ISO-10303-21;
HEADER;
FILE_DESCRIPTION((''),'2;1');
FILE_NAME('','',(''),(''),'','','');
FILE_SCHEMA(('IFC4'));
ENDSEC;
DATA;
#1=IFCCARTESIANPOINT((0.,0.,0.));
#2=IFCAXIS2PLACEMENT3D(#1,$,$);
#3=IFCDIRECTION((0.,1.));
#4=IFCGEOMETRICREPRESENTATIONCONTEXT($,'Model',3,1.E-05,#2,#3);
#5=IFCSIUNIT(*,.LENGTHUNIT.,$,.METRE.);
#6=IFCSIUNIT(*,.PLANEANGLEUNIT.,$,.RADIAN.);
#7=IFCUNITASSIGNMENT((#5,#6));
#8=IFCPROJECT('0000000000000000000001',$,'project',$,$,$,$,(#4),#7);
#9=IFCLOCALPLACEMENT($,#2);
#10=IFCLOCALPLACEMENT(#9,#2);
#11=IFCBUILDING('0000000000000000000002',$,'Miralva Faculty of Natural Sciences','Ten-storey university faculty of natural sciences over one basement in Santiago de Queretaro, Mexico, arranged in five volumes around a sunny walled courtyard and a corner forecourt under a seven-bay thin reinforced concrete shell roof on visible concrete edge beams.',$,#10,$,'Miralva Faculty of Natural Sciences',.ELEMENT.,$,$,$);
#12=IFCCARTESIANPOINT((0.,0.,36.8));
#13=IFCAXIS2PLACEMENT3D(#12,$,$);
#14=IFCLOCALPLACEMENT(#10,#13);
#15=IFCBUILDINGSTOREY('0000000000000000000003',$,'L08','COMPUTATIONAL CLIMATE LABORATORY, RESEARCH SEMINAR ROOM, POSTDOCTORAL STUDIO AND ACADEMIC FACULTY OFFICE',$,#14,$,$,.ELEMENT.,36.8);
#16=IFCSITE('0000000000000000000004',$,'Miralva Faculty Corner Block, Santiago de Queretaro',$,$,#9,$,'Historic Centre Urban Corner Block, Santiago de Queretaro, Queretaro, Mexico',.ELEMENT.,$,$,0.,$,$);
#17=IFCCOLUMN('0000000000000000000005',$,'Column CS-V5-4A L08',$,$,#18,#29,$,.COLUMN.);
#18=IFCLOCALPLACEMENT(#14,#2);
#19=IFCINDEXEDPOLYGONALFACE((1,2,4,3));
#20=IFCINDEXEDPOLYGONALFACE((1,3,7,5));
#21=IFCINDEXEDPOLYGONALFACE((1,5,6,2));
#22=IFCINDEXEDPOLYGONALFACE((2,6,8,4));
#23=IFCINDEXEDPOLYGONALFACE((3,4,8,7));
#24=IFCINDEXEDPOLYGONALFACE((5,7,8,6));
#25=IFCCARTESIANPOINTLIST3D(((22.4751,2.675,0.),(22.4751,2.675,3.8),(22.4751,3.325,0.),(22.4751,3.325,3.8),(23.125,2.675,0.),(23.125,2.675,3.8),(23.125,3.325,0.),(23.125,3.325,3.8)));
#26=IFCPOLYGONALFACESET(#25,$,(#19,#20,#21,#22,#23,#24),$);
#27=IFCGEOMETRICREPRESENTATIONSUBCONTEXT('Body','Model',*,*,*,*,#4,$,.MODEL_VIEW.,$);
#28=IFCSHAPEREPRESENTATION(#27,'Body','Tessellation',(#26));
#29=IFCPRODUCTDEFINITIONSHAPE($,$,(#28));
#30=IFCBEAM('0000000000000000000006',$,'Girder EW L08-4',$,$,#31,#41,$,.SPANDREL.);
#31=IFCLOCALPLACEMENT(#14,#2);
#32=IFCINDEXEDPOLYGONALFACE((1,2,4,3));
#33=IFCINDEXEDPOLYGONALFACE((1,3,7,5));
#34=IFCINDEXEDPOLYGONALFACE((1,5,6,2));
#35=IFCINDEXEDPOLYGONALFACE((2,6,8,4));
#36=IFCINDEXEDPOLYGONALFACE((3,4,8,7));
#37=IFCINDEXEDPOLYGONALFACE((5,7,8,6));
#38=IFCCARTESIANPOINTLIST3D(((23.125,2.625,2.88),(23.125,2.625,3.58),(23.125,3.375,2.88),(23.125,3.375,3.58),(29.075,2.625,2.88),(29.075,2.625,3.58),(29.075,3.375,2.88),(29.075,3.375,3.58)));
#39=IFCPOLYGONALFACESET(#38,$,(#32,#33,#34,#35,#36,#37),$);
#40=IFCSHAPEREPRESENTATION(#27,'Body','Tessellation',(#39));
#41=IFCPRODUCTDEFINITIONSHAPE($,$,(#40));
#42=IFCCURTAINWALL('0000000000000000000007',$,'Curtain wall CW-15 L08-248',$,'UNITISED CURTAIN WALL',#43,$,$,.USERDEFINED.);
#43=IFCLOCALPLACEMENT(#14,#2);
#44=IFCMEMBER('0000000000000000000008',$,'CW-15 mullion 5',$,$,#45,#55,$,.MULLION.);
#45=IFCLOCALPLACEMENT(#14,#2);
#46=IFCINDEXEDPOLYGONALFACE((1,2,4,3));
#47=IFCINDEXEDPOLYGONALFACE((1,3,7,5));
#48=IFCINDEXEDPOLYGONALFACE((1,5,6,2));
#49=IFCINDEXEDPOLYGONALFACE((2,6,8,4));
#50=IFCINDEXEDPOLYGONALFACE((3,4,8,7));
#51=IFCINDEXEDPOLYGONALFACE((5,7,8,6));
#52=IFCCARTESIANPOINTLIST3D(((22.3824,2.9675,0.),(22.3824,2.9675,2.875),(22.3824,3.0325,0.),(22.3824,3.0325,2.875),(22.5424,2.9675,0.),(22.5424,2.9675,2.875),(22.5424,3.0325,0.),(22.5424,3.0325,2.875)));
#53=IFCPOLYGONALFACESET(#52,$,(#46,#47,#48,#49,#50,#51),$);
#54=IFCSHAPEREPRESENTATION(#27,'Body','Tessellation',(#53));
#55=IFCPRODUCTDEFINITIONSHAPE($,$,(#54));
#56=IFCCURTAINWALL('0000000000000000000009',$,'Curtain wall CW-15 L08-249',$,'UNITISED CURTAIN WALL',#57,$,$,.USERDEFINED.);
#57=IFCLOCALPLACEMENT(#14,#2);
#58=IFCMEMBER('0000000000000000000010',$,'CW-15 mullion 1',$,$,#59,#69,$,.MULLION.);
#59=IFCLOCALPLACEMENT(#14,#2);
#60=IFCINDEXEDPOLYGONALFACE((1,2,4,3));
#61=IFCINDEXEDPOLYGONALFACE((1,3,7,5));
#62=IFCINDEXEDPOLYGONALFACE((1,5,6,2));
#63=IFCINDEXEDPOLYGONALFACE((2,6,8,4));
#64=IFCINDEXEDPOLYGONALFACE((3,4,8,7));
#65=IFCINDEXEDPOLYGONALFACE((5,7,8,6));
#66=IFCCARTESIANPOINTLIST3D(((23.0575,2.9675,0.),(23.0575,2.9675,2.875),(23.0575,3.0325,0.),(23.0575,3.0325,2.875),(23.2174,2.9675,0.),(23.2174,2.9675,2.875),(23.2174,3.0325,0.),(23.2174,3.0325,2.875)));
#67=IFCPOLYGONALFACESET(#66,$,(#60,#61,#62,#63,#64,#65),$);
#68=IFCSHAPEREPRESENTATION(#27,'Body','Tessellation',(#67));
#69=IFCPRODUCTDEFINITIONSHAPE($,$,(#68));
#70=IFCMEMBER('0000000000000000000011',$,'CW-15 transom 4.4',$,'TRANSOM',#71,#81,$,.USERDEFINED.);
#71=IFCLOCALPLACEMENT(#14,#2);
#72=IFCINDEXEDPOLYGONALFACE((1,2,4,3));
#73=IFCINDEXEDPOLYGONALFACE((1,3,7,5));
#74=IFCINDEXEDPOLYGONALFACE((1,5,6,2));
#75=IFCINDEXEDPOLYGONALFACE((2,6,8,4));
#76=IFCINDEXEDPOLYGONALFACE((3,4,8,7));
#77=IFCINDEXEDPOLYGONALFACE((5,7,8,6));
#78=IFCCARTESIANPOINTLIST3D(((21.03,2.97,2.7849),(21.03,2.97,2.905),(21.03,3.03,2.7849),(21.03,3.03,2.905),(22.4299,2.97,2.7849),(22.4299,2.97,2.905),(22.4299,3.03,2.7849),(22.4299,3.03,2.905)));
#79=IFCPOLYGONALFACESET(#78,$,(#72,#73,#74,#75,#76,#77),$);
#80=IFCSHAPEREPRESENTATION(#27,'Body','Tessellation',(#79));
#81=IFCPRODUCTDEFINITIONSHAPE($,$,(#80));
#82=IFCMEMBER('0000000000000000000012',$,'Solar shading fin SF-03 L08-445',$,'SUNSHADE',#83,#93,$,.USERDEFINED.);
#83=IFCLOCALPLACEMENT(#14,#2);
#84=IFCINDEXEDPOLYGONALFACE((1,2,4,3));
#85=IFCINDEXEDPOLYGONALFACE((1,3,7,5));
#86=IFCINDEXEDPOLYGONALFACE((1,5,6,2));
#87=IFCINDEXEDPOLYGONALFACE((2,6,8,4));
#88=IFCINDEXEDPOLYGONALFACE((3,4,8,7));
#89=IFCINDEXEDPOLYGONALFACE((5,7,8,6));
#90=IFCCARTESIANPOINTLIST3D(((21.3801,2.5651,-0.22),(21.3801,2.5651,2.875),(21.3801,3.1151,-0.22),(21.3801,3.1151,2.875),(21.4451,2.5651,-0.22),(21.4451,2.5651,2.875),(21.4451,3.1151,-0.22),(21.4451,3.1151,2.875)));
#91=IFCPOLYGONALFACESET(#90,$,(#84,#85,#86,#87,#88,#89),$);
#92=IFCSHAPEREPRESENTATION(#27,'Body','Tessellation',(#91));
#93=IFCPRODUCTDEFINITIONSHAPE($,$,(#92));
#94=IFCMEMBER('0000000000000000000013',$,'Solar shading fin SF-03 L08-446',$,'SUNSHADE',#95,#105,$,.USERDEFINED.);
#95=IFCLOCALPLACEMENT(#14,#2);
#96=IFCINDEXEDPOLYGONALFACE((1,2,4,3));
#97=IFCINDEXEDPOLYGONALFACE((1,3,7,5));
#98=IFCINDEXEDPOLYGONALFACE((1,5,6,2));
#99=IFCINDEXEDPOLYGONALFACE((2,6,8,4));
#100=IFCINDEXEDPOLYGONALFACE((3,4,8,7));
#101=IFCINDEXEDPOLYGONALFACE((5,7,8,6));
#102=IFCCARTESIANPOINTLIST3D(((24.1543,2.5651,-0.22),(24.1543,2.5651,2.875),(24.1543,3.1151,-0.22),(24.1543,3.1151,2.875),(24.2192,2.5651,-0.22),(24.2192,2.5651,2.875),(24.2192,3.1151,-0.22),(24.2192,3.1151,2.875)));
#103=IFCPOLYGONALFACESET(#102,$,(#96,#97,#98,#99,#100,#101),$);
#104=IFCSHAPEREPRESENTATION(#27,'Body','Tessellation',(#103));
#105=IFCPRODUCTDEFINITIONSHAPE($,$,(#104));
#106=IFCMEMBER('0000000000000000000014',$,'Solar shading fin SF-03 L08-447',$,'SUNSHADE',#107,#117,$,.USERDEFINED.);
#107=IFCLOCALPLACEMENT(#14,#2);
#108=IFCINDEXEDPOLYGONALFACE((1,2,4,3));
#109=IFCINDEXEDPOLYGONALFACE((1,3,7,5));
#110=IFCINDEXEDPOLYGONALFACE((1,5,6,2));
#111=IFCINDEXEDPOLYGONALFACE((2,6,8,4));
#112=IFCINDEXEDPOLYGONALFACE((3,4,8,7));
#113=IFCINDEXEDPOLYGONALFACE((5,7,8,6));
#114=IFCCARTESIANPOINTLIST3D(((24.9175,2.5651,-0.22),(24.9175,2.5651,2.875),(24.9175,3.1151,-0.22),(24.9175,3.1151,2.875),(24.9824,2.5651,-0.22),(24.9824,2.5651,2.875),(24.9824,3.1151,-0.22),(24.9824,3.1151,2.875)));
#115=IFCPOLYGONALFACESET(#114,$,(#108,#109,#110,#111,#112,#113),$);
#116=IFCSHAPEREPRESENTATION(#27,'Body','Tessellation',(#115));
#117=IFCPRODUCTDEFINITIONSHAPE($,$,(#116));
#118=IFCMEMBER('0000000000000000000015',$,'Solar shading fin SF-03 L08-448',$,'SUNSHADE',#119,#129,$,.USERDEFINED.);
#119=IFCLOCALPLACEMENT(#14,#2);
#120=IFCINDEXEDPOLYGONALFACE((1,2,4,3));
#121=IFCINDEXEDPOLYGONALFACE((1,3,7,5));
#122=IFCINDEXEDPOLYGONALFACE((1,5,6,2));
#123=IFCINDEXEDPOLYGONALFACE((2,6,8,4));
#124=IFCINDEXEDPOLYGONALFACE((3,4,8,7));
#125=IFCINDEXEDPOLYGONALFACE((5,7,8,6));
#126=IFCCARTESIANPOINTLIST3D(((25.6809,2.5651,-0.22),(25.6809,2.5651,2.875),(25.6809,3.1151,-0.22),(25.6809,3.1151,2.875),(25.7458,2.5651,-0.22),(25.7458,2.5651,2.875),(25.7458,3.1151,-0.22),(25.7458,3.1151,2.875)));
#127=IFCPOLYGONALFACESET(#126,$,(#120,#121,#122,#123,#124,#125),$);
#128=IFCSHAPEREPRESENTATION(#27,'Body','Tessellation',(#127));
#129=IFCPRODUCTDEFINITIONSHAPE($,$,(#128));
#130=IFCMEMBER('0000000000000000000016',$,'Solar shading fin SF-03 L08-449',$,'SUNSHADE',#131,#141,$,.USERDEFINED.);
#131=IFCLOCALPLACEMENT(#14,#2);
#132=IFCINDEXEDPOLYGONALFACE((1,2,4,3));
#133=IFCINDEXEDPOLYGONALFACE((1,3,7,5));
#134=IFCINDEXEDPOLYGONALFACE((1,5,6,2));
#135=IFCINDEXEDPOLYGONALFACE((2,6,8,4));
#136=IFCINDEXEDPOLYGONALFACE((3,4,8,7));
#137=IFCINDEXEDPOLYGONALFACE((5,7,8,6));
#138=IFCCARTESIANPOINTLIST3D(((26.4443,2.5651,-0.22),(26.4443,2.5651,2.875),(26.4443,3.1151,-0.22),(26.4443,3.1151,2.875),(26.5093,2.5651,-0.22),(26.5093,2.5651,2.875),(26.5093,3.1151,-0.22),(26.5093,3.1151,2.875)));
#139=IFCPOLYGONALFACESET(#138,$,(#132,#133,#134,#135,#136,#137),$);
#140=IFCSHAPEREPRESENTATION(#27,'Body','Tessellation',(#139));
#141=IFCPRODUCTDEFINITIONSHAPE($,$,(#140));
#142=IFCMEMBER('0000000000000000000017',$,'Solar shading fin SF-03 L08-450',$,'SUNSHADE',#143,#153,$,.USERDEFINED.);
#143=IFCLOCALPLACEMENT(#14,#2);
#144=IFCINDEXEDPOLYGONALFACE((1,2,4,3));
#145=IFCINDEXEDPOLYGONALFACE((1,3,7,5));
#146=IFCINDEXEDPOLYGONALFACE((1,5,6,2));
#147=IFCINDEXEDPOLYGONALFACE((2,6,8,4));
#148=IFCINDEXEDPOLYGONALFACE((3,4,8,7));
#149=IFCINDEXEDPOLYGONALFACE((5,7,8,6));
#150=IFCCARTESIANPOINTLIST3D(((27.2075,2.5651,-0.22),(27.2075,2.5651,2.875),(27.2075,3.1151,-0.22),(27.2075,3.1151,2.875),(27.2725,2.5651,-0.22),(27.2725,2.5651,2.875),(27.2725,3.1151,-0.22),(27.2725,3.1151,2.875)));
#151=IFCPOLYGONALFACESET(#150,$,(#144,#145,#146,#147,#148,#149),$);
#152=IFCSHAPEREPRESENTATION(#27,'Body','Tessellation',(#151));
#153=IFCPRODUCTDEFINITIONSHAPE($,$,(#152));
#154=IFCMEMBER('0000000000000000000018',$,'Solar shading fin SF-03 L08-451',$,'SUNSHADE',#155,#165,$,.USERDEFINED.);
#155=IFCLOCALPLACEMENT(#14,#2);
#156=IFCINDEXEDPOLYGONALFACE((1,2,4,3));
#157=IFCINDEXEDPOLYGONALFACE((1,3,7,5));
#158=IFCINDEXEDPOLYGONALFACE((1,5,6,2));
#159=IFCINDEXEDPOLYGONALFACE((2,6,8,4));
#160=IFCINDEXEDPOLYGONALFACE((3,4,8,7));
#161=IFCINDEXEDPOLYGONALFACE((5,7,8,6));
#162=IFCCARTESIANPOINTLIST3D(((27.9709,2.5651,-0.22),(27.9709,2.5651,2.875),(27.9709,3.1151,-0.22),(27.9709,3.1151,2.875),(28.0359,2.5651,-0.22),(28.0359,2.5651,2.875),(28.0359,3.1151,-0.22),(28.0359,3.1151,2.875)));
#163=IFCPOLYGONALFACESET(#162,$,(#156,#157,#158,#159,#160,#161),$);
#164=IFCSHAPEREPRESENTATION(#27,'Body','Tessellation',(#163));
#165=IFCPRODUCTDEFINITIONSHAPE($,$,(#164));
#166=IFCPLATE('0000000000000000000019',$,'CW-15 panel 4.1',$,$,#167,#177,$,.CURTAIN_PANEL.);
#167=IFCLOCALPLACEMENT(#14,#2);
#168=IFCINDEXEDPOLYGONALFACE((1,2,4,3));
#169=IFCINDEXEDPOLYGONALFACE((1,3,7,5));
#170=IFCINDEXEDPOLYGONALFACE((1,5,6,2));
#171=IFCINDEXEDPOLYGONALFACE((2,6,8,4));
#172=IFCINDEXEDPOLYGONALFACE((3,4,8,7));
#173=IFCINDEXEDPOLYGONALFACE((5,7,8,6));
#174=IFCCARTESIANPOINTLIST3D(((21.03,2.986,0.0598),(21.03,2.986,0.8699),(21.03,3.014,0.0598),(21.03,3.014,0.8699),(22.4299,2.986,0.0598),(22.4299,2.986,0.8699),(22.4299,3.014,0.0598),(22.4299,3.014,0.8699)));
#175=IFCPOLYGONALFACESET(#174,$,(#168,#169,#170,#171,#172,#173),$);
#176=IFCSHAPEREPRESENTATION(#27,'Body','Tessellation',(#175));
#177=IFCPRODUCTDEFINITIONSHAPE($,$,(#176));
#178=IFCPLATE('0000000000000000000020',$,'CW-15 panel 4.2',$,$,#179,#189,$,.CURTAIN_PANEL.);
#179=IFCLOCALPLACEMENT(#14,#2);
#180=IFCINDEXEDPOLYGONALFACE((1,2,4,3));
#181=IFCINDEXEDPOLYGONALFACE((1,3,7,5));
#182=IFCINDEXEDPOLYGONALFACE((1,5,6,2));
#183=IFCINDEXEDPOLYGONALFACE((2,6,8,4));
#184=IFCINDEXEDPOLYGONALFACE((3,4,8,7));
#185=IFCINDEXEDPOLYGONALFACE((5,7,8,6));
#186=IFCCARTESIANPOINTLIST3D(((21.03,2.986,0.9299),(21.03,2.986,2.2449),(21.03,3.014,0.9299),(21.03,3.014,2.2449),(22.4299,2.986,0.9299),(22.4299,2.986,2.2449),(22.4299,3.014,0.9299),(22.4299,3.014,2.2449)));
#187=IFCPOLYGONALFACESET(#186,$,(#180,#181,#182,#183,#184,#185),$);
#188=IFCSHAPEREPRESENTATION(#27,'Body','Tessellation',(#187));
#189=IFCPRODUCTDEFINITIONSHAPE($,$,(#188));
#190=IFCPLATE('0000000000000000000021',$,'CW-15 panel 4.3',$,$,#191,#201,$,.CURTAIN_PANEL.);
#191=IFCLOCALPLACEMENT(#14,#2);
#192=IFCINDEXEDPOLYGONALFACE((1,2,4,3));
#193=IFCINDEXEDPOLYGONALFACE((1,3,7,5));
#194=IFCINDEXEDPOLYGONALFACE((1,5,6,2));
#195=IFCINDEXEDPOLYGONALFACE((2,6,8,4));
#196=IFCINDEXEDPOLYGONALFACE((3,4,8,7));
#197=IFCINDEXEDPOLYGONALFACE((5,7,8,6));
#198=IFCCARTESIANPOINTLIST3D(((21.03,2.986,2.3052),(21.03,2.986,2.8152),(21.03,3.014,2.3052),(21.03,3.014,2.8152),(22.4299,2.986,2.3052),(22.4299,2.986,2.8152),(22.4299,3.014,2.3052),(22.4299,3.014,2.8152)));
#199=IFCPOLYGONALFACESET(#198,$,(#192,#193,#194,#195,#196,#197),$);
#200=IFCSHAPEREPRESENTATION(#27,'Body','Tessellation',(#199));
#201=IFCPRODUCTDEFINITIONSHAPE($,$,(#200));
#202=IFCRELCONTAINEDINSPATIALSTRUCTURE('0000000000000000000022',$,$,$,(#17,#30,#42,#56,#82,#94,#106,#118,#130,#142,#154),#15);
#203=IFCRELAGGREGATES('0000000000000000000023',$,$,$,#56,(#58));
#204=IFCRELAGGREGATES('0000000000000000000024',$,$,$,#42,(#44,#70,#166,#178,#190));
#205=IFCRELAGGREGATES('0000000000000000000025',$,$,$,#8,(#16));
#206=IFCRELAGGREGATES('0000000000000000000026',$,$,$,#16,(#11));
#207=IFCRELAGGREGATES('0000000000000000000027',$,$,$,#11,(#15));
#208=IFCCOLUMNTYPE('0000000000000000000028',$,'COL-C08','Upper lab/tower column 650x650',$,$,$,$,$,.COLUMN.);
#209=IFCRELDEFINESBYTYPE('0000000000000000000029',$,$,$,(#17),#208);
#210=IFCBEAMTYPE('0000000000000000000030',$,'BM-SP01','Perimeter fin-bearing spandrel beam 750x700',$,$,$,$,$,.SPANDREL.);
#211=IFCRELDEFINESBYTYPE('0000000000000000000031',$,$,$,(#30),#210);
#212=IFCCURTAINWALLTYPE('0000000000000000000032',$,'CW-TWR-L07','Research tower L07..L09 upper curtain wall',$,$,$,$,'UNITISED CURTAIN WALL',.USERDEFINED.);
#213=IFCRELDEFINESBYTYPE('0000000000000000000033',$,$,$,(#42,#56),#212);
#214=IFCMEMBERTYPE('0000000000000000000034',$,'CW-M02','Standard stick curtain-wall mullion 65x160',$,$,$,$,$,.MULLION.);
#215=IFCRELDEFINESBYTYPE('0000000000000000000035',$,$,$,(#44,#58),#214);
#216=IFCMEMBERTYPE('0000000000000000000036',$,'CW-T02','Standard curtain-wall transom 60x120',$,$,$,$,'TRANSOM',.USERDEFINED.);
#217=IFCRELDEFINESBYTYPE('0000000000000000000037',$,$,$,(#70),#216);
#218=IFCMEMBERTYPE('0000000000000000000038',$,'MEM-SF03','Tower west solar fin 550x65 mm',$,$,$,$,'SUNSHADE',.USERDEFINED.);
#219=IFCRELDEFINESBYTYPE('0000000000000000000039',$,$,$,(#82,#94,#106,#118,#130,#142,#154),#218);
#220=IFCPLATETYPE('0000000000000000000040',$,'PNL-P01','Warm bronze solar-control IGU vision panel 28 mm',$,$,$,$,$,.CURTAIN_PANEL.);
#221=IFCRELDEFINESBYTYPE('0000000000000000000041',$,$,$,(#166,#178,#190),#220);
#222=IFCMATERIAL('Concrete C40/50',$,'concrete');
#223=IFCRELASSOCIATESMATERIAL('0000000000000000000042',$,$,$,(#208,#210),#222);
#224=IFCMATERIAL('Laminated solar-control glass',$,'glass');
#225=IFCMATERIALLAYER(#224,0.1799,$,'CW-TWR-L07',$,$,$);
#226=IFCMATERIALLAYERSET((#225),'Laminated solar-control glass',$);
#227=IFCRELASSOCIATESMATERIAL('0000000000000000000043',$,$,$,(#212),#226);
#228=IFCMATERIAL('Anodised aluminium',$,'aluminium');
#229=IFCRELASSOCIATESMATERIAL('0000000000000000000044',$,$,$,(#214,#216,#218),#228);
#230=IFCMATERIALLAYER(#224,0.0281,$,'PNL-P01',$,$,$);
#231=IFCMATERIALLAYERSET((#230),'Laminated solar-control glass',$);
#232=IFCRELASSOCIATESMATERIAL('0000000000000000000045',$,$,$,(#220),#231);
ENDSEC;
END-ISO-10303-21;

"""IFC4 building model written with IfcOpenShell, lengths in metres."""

from ifc_helpers import new_model, si_unit, direction, frame, origin, origin_2d, place, context, subcontext, project, spatial, rectangle, extrude, material, layer, layer_set, material_profile, profile_set, type_object, element, aggregate, save


model = new_model("IFC4")

# Units and contexts
model_context = context("Model", 3, precision=1e-05, world=origin(), true_north=direction((0.0, 1.0)))
body_context = subcontext(model_context, "Body", "Model", "MODEL_VIEW")
ifc_project = project(units=[si_unit("LENGTHUNIT", "METRE"), si_unit("PLANEANGLEUNIT", "RADIAN")], contexts=[model_context])

# Site, building, storey
site_placement = place(None, origin())
site = spatial("IfcSite", under=ifc_project, at=site_placement, Name="Miralva Faculty Corner Block, Santiago de Queretaro", LongName="Historic Centre Urban Corner Block, Santiago de Queretaro, Queretaro, Mexico", CompositionType="ELEMENT", RefElevation=0.0)
building_placement = place(site_placement, origin())
building = spatial("IfcBuilding", under=site, at=building_placement, Name="Miralva Faculty of Natural Sciences", Description="Ten-storey university faculty of natural sciences over one basement in Santiago de Queretaro, Mexico, arranged in five volumes around a sunny walled courtyard and a corner forecourt under a seven-bay thin reinforced concrete shell roof on visible concrete edge beams.", LongName="Miralva Faculty of Natural Sciences", CompositionType="ELEMENT")
storey_placement = place(building_placement, frame((0.0, 0.0, 36.8)))
storey = spatial("IfcBuildingStorey", under=building, at=storey_placement, Name="L08", Description="COMPUTATIONAL CLIMATE LABORATORY, RESEARCH SEMINAR ROOM, POSTDOCTORAL STUDIO AND ACADEMIC FACULTY OFFICE", CompositionType="ELEMENT", Elevation=36.8)

# Column
ifc_material_1 = material(Name="Concrete C40/50", Category="concrete")
ifc_material_profile_1 = material_profile(ifc_material_1, rectangle(XDim=0.6499, YDim=0.6499, at=origin_2d()), Name="RC 650x650")
ifc_profile_set_1 = profile_set([ifc_material_profile_1], Name="Concrete C40/50")
column_type = type_object("IfcColumnType", Name="COL-C08", Description="Upper lab/tower column 650x650", PredefinedType="COLUMN", material=ifc_profile_set_1)
column_placement = place(storey_placement, frame((22.8, 3.0, 0.0), z_axis=(0.0, 0.0, 1.0), x_axis=(1.0, 0.0, 0.0)))
element("IfcColumn", 1, at=column_placement, inside=storey, type_object=column_type, Name="Column CS-V5-4A L08", PredefinedType="COLUMN", context=body_context, shape_type="SweptSolid", body=[
    extrude(rectangle(XDim=0.6499, YDim=0.6499, at=origin_2d()), origin(), (0.0, 0.0, 1.0), 3.8),
])

# Beam
ifc_material_profile_2 = material_profile(ifc_material_1, rectangle(XDim=0.75, YDim=0.7, at=origin_2d()), Name="RC 750x700")
ifc_profile_set_2 = profile_set([ifc_material_profile_2], Name="Concrete C40/50")
beam_type = type_object("IfcBeamType", Name="BM-SP01", Description="Perimeter fin-bearing spandrel beam 750x700", PredefinedType="SPANDREL", material=ifc_profile_set_2)
beam_placement = place(storey_placement, frame((23.125, 3.0, 3.23), z_axis=(1.0, 0.0, 0.0), x_axis=(0.0, 1.0, 0.0)))
element("IfcBeam", 2, at=beam_placement, inside=storey, type_object=beam_type, Name="Girder EW L08-4", PredefinedType="SPANDREL", context=body_context, shape_type="SweptSolid", body=[
    extrude(rectangle(XDim=0.75, YDim=0.7, at=origin_2d()), origin(), (0.0, 0.0, 1.0), 5.95),
])

# Curtain walls, members
ifc_material_2 = material(Name="Laminated solar-control glass", Category="glass")
ifc_layer_1 = layer(ifc_material_2, 0.1799, Name="CW-TWR-L07")
ifc_layer_set_1 = layer_set([ifc_layer_1], Name="Laminated solar-control glass")
curtain_wall_type = type_object("IfcCurtainWallType", Name="CW-TWR-L07", Description="Research tower L07..L09 upper curtain wall", ElementType="UNITISED CURTAIN WALL", PredefinedType="USERDEFINED", material=ifc_layer_set_1)
curtain_wall_1_placement = place(storey_placement, origin())
curtain_wall_1 = element("IfcCurtainWall", 3, at=curtain_wall_1_placement, inside=storey, type_object=curtain_wall_type, Name="Curtain wall CW-15 L08-248", ObjectType="UNITISED CURTAIN WALL", PredefinedType="USERDEFINED")
ifc_material_3 = material(Name="Anodised aluminium", Category="aluminium")
ifc_material_profile_3 = material_profile(ifc_material_3, rectangle(XDim=0.0649, YDim=0.1599, at=origin_2d()), Name="MULLION 65x160")
ifc_profile_set_3 = profile_set([ifc_material_profile_3], Name="Anodised aluminium")
member_type_1 = type_object("IfcMemberType", Name="CW-M02", Description="Standard stick curtain-wall mullion 65x160", PredefinedType="MULLION", material=ifc_profile_set_3)
member_1_placement = place(storey_placement, frame((22.4624, 3.0, 0.0), z_axis=(0.0, 0.0, 1.0), x_axis=(0.0, 1.0, 0.0)))
member_1 = element("IfcMember", 4, at=member_1_placement, type_object=member_type_1, Name="CW-15 mullion 5", PredefinedType="MULLION", context=body_context, shape_type="SweptSolid", body=[
    extrude(rectangle(XDim=0.0649, YDim=0.1599, at=origin_2d()), origin(), (0.0, 0.0, 1.0), 2.875),
])
curtain_wall_2_placement = place(storey_placement, origin())
curtain_wall_2 = element("IfcCurtainWall", 5, at=curtain_wall_2_placement, inside=storey, type_object=curtain_wall_type, Name="Curtain wall CW-15 L08-249", ObjectType="UNITISED CURTAIN WALL", PredefinedType="USERDEFINED")
member_2_placement = place(storey_placement, frame((23.1375, 3.0, 0.0), z_axis=(0.0, 0.0, 1.0), x_axis=(0.0, 1.0, 0.0)))
member_2 = element("IfcMember", 6, at=member_2_placement, type_object=member_type_1, Name="CW-15 mullion 1", PredefinedType="MULLION", context=body_context, shape_type="SweptSolid", body=[
    extrude(rectangle(XDim=0.0649, YDim=0.1599, at=origin_2d()), origin(), (0.0, 0.0, 1.0), 2.875),
])
aggregate(curtain_wall_2, [member_2])

# Member
ifc_material_profile_4 = material_profile(ifc_material_3, rectangle(XDim=0.0601, YDim=0.1201, at=origin_2d()), Name="TRANSOM 60x120")
ifc_profile_set_4 = profile_set([ifc_material_profile_4], Name="Anodised aluminium")
member_type_2 = type_object("IfcMemberType", Name="CW-T02", Description="Standard curtain-wall transom 60x120", ElementType="TRANSOM", PredefinedType="USERDEFINED", material=ifc_profile_set_4)
member_3_placement = place(storey_placement, frame((21.03, 3.0, 2.845), z_axis=(1.0, 0.0, 0.0), x_axis=(0.0, 1.0, 0.0)))
member_3 = element("IfcMember", 7, at=member_3_placement, type_object=member_type_2, Name="CW-15 transom 4.4", ObjectType="TRANSOM", PredefinedType="USERDEFINED", context=body_context, shape_type="SweptSolid", body=[
    extrude(rectangle(XDim=0.0601, YDim=0.1201, at=origin_2d()), origin(), (0.0, 0.0, 1.0), 1.3999),
])

# Members
ifc_material_profile_5 = material_profile(ifc_material_3, rectangle(XDim=0.0649, YDim=0.55, at=origin_2d()), Name="FIN 550x65")
ifc_profile_set_5 = profile_set([ifc_material_profile_5], Name="Anodised aluminium")
member_type_3 = type_object("IfcMemberType", Name="MEM-SF03", Description="Tower west solar fin 550x65 mm", ElementType="SUNSHADE", PredefinedType="USERDEFINED", material=ifc_profile_set_5)
for number, where, z_axis, x_axis, name in (
    (8, (21.4126, 2.8401, -0.22), (0.0, 0.0, 1.0), (1.0, 0.0, 0.0), "Solar shading fin SF-03 L08-445"),
    (9, (24.1868, 2.8401, -0.22), (0.0, 0.0, 1.0), (1.0, 0.0, 0.0), "Solar shading fin SF-03 L08-446"),
    (10, (24.95, 2.8401, -0.22), (0.0, 0.0, 1.0), (1.0, 0.0, 0.0), "Solar shading fin SF-03 L08-447"),
    (11, (25.7134, 2.8401, -0.22), (0.0, 0.0, 1.0), (1.0, 0.0, 0.0), "Solar shading fin SF-03 L08-448"),
    (12, (26.4768, 2.8401, -0.22), (0.0, 0.0, 1.0), (1.0, 0.0, 0.0), "Solar shading fin SF-03 L08-449"),
    (13, (27.24, 2.8401, -0.22), (0.0, 0.0, 1.0), (1.0, 0.0, 0.0), "Solar shading fin SF-03 L08-450"),
    (14, (28.0034, 2.8401, -0.22), (0.0, 0.0, 1.0), (1.0, 0.0, 0.0), "Solar shading fin SF-03 L08-451"),
):
    element("IfcMember", number, at=place(storey_placement, frame(where, z_axis=z_axis, x_axis=x_axis)), inside=storey, type_object=member_type_3, Name=name, ObjectType="SUNSHADE", PredefinedType="USERDEFINED", context=body_context, shape_type="SweptSolid", body=[
        extrude(rectangle(XDim=0.0649, YDim=0.55, at=origin_2d()), origin(), (0.0, 0.0, 1.0), 3.095),
    ])

# Plates
ifc_layer_2 = layer(ifc_material_2, 0.0281, Name="PNL-P01")
ifc_layer_set_2 = layer_set([ifc_layer_2], Name="Laminated solar-control glass")
plate_type = type_object("IfcPlateType", Name="PNL-P01", Description="Warm bronze solar-control IGU vision panel 28 mm", PredefinedType="CURTAIN_PANEL", material=ifc_layer_set_2)
plate_1_placement = place(storey_placement, frame((21.73, 3.0, 0.0598), z_axis=(0.0, 0.0, 1.0), x_axis=(1.0, 0.0, 0.0)))
plate_1 = element("IfcPlate", 15, at=plate_1_placement, type_object=plate_type, Name="CW-15 panel 4.1", PredefinedType="CURTAIN_PANEL", context=body_context, shape_type="SweptSolid", body=[
    extrude(rectangle(XDim=1.3999, YDim=0.0281, at=origin_2d()), origin(), (0.0, 0.0, 1.0), 0.8101),
])
plate_2_placement = place(storey_placement, frame((21.73, 3.0, 0.9299), z_axis=(0.0, 0.0, 1.0), x_axis=(1.0, 0.0, 0.0)))
plate_2 = element("IfcPlate", 16, at=plate_2_placement, type_object=plate_type, Name="CW-15 panel 4.2", PredefinedType="CURTAIN_PANEL", context=body_context, shape_type="SweptSolid", body=[
    extrude(rectangle(XDim=1.3999, YDim=0.0281, at=origin_2d()), origin(), (0.0, 0.0, 1.0), 1.3149),
])
plate_3_placement = place(storey_placement, frame((21.73, 3.0, 2.3052), z_axis=(0.0, 0.0, 1.0), x_axis=(1.0, 0.0, 0.0)))
plate_3 = element("IfcPlate", 17, at=plate_3_placement, type_object=plate_type, Name="CW-15 panel 4.3", PredefinedType="CURTAIN_PANEL", context=body_context, shape_type="SweptSolid", body=[
    extrude(rectangle(XDim=1.3999, YDim=0.0281, at=origin_2d()), origin(), (0.0, 0.0, 1.0), 0.51),
])
aggregate(curtain_wall_1, [member_1, member_3, plate_1, plate_2, plate_3])

save(model, "model.ifc")
